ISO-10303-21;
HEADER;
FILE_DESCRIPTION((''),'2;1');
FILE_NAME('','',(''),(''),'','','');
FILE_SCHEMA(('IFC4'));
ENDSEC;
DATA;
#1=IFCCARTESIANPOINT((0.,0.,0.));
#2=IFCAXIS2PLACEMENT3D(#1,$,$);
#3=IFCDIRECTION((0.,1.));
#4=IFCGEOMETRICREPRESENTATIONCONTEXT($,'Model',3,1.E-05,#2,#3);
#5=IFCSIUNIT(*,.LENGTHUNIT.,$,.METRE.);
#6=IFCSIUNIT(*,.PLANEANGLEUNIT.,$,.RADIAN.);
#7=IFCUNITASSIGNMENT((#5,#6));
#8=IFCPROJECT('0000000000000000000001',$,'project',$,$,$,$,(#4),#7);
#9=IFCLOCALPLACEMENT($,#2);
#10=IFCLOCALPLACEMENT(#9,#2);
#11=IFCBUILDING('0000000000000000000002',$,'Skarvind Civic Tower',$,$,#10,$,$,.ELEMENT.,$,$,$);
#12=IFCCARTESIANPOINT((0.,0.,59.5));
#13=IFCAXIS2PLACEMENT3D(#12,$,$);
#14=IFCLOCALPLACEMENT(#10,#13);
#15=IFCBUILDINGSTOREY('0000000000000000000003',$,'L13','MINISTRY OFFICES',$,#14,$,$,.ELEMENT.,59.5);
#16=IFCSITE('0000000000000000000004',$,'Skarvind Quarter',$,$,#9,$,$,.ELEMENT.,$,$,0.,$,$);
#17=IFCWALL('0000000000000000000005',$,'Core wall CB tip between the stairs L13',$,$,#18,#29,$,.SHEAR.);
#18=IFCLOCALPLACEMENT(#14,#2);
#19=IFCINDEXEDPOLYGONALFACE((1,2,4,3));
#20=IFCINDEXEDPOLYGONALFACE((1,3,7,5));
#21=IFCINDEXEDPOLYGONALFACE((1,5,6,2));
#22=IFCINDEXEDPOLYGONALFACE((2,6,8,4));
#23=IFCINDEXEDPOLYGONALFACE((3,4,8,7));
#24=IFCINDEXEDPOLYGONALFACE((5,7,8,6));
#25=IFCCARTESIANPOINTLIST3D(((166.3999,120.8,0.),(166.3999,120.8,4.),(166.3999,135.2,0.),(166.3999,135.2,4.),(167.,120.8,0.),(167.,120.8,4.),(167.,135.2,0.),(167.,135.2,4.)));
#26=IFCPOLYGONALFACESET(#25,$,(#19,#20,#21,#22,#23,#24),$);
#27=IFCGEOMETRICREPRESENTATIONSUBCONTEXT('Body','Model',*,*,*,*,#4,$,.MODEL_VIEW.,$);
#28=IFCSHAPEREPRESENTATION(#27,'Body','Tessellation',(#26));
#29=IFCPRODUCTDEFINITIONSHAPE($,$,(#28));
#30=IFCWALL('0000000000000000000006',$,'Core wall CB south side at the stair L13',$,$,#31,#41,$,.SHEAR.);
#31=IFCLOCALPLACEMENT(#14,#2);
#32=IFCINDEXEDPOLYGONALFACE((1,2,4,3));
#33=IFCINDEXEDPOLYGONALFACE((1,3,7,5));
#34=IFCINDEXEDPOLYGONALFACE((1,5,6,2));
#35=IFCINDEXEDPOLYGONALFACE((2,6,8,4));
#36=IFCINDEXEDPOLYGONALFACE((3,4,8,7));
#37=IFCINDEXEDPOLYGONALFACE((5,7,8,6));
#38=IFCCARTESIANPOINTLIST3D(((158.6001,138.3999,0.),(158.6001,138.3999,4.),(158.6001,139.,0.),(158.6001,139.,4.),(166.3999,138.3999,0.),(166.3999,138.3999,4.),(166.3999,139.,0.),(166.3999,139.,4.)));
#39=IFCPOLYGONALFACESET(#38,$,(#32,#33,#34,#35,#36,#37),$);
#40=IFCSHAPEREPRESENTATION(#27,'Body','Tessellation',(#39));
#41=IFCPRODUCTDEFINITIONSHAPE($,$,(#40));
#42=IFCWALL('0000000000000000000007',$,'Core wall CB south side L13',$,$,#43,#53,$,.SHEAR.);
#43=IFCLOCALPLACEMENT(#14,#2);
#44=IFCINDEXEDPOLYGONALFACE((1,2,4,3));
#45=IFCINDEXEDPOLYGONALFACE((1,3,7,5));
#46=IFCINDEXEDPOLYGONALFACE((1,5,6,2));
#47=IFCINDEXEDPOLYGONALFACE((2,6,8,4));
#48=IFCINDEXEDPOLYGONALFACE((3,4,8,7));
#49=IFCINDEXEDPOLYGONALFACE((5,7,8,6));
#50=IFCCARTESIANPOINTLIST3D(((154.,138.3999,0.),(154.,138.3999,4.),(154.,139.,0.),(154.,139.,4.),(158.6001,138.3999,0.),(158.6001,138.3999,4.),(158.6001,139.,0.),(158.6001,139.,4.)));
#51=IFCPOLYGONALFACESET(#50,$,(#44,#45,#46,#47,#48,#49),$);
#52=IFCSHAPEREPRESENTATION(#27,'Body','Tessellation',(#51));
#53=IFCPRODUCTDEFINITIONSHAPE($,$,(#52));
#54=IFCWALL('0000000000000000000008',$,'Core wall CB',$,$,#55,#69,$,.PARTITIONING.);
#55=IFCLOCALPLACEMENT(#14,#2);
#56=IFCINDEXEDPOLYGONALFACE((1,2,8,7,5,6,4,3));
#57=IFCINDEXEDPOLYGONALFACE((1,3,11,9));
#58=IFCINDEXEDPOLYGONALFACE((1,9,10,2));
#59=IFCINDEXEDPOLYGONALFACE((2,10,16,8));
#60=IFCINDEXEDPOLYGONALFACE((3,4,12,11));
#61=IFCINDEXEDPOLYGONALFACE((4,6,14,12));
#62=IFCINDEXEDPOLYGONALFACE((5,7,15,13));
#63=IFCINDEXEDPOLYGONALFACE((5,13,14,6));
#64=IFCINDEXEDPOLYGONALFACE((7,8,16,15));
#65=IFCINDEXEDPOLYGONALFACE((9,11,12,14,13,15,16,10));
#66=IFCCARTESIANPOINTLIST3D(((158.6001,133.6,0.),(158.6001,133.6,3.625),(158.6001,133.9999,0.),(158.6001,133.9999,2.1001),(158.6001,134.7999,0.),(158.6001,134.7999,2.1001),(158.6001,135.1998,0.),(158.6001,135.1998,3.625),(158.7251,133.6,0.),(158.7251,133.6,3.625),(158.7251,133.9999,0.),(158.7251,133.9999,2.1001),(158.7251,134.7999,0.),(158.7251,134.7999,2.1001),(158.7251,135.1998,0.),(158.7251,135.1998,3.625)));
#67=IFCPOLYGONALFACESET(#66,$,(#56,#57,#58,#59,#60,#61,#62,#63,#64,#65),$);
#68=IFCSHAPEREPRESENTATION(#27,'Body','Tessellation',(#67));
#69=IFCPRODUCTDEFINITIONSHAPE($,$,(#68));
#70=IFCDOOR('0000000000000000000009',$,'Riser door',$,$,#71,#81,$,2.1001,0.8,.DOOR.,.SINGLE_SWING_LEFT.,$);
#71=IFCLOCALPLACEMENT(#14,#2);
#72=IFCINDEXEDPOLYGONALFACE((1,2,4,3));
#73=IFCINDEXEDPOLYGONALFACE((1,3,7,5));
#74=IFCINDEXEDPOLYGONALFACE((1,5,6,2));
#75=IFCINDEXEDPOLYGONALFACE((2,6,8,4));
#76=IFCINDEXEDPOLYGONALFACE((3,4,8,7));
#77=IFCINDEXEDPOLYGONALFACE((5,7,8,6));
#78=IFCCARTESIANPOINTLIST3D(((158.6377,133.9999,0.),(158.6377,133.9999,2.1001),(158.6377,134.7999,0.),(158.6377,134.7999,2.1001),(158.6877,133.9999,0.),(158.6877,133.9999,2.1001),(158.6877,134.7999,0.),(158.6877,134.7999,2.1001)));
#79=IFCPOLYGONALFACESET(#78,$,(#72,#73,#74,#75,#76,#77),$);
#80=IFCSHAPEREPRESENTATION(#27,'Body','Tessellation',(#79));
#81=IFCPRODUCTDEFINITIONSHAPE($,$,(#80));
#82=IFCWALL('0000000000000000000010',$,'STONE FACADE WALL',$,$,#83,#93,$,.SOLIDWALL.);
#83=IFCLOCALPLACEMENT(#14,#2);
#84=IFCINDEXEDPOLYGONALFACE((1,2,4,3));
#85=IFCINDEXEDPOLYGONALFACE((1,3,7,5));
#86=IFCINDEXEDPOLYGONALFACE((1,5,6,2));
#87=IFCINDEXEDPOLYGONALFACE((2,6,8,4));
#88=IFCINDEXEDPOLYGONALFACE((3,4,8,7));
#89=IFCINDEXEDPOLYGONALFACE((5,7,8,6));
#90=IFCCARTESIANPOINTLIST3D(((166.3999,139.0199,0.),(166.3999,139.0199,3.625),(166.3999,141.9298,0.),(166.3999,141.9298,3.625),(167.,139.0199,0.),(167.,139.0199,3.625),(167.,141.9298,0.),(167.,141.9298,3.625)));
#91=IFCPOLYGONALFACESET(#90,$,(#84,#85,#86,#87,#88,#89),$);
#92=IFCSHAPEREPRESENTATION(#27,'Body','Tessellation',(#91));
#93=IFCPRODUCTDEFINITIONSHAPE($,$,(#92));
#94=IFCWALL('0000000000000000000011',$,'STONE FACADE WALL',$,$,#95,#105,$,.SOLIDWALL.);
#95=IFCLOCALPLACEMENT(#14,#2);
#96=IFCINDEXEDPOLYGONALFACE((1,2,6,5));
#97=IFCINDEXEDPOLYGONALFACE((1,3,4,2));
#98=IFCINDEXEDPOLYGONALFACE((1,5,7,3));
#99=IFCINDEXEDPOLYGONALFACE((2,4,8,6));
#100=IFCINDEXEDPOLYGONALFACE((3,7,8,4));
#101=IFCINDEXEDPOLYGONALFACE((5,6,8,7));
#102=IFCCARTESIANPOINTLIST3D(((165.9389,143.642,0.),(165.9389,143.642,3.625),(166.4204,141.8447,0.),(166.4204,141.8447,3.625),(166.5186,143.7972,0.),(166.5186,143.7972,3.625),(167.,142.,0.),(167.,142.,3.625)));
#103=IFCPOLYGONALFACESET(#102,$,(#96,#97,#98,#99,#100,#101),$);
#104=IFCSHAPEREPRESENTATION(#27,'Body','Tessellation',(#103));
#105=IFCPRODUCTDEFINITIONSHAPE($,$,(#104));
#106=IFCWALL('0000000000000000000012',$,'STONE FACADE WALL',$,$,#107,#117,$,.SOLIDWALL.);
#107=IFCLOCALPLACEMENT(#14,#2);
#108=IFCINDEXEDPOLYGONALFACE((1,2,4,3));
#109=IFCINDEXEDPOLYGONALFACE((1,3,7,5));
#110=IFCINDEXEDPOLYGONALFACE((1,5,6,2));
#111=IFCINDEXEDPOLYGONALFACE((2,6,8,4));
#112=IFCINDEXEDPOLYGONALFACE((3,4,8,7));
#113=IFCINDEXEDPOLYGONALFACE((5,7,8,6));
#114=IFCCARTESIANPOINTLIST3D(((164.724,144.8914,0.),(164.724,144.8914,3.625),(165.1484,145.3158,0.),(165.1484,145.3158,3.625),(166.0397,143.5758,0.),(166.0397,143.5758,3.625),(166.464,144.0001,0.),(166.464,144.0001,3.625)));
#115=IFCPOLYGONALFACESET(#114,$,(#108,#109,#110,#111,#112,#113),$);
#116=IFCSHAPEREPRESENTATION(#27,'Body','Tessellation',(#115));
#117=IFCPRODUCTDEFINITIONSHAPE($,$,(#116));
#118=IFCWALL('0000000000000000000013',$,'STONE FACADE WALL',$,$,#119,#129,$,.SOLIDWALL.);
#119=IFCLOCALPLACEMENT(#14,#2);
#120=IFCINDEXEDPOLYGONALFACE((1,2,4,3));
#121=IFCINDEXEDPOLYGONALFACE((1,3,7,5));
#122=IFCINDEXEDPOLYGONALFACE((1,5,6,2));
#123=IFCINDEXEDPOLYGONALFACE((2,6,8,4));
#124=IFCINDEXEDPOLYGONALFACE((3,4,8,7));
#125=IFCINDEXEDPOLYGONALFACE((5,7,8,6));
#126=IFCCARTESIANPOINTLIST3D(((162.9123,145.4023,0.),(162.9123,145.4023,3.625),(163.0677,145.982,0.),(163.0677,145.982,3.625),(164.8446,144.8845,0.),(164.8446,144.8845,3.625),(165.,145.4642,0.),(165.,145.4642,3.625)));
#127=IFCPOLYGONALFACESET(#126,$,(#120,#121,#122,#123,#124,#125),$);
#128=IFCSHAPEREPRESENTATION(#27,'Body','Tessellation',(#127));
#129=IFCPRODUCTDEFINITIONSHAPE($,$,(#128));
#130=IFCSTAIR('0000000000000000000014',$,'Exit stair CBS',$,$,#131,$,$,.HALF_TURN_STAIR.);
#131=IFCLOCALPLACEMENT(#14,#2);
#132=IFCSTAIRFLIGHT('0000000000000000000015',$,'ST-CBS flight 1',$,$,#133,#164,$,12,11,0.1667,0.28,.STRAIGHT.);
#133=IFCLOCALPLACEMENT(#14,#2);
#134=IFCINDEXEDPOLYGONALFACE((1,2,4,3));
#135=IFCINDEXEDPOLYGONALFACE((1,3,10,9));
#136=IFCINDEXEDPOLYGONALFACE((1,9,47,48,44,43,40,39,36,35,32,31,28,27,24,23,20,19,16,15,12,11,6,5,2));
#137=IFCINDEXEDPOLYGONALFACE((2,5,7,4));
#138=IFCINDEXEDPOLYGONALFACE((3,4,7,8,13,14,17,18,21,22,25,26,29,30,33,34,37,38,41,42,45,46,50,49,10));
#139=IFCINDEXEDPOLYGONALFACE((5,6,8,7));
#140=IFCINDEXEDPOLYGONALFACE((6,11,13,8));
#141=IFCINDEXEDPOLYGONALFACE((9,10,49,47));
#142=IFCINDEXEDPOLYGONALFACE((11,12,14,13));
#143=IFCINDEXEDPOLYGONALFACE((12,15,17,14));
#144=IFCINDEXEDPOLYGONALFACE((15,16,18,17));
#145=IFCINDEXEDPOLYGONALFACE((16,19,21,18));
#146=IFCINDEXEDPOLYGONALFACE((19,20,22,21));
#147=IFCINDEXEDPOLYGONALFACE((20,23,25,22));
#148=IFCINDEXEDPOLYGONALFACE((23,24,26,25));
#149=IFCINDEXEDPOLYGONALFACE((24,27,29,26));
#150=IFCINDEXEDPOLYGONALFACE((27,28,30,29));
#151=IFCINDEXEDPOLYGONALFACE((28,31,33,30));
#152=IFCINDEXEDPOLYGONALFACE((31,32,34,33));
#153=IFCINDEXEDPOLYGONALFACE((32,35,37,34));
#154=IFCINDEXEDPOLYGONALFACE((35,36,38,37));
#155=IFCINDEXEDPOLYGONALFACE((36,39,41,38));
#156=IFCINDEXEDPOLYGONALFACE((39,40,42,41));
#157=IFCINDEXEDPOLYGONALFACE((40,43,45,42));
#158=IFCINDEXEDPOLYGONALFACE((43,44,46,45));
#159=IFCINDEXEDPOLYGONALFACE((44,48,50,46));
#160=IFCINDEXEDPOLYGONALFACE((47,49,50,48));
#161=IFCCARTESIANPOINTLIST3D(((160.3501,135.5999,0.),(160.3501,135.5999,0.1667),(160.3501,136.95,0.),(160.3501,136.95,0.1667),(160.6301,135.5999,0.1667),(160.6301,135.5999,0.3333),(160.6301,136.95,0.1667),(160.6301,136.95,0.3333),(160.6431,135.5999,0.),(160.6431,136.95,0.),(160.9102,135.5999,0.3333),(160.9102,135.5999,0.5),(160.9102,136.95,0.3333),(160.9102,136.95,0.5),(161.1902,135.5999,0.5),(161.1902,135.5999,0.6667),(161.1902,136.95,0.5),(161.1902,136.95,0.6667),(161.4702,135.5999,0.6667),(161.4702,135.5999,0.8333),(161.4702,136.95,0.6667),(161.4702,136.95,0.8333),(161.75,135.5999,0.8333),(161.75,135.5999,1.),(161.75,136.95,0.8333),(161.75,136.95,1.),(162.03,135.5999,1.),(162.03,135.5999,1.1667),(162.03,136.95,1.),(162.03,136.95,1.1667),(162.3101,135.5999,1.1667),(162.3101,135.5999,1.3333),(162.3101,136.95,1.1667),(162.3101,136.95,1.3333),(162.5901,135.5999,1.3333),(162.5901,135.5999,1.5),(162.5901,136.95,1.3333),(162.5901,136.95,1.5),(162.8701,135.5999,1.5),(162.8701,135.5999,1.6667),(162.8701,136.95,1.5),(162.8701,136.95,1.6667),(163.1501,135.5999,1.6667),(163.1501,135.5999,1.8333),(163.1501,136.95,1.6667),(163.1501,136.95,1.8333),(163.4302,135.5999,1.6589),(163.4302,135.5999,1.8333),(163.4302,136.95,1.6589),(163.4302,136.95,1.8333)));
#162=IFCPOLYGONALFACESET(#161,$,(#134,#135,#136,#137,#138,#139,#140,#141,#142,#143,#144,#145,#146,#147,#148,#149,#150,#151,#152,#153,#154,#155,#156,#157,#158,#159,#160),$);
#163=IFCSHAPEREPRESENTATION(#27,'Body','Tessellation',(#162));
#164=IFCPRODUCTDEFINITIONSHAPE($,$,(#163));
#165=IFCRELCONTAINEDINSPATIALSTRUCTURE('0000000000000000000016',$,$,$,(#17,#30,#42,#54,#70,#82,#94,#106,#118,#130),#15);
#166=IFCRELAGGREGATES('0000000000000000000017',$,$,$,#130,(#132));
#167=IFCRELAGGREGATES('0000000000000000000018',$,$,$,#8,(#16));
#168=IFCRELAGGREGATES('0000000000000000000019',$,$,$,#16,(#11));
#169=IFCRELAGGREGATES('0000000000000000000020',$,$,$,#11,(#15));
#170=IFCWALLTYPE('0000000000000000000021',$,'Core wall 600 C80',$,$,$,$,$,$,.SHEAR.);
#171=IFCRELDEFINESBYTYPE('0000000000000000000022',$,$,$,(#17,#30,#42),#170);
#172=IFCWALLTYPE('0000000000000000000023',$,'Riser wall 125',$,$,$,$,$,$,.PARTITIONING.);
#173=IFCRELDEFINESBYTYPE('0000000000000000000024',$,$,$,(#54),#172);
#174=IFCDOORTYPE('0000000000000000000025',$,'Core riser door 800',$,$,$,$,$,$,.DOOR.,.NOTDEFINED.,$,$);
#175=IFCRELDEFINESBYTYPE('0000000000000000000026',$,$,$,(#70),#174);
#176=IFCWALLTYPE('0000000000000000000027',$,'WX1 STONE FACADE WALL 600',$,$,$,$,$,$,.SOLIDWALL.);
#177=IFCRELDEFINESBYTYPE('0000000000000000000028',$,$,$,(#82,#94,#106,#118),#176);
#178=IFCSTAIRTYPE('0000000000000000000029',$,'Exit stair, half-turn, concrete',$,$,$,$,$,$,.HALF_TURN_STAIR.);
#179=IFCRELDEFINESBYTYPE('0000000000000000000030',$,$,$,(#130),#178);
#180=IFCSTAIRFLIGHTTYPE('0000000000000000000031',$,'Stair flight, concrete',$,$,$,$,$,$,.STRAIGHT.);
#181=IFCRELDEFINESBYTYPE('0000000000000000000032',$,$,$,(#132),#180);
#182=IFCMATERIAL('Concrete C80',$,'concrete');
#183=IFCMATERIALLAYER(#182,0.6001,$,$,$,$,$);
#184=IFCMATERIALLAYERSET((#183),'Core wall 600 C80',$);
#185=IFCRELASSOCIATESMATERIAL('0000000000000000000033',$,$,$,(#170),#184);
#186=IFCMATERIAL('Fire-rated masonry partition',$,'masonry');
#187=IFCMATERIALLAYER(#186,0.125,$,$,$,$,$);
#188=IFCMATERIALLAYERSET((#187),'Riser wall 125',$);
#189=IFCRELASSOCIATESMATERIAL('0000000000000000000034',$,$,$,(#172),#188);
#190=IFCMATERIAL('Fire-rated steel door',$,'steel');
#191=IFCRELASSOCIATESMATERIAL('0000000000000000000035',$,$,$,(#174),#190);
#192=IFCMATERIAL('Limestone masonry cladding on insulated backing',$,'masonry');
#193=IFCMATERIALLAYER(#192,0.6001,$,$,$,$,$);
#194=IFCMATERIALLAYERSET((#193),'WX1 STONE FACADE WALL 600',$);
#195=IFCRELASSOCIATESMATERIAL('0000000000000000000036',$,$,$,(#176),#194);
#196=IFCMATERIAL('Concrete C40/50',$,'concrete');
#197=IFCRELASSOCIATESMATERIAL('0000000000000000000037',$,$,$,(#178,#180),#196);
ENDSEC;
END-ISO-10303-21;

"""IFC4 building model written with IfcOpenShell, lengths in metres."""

from ifc_helpers import new_model, si_unit, direction, frame, frame_2d, origin, place, context, subcontext, project, spatial, polyline, rectangle, outline, extrude, material, layer, layer_set, type_object, element, fill, aggregate, save


model = new_model("IFC4")

# Units and contexts
model_context = context("Model", 3, precision=1e-05, world=origin(), true_north=direction((0.0, 1.0)))
body_context = subcontext(model_context, "Body", "Model", "MODEL_VIEW")
ifc_project = project(units=[si_unit("LENGTHUNIT", "METRE"), si_unit("PLANEANGLEUNIT", "RADIAN")], contexts=[model_context])

# Site, building, storey
site_placement = place(None, origin())
site = spatial("IfcSite", under=ifc_project, at=site_placement, Name="Skarvind Quarter", CompositionType="ELEMENT", RefElevation=0.0)
building_placement = place(site_placement, origin())
building = spatial("IfcBuilding", under=site, at=building_placement, Name="Skarvind Civic Tower", CompositionType="ELEMENT")
storey_placement = place(building_placement, frame((0.0, 0.0, 59.5)))
storey = spatial("IfcBuildingStorey", under=building, at=storey_placement, Name="L13", Description="MINISTRY OFFICES", CompositionType="ELEMENT", Elevation=59.5)

# Shared definitions
ifc_material_1 = material(Name="Concrete C80", Category="concrete")

# Shared definitions
ifc_material_2 = material(Name="Fire-rated steel door", Category="steel")

# Walls
ifc_layer_1 = layer(ifc_material_1, 0.6001)
ifc_layer_set_1 = layer_set([ifc_layer_1], Name="Core wall 600 C80")
wall_type_1 = type_object("IfcWallType", Name="Core wall 600 C80", PredefinedType="SHEAR", material=ifc_layer_set_1)
wall_1_placement = place(storey_placement, frame((166.7, 135.2, 0.0), z_axis=(0.0, 0.0, 1.0), x_axis=(0.0, -1.0, 0.0)))
element("IfcWall", 1, at=wall_1_placement, inside=storey, type_object=wall_type_1, Name="Core wall CB tip between the stairs L13", PredefinedType="SHEAR", context=body_context, shape_type="SweptSolid", body=[
    extrude(rectangle(XDim=14.3999, YDim=0.6001, at=frame_2d((7.2, 0.0))), origin(), (0.0, 0.0, 1.0), 4.0),
])
wall_2_placement = place(storey_placement, frame((166.3999, 138.7, 0.0), z_axis=(0.0, 0.0, 1.0), x_axis=(-1.0, 0.0, 0.0)))
element("IfcWall", 2, at=wall_2_placement, inside=storey, type_object=wall_type_1, Name="Core wall CB south side at the stair L13", PredefinedType="SHEAR", context=body_context, shape_type="SweptSolid", body=[
    extrude(rectangle(XDim=7.7998, YDim=0.6001, at=frame_2d((3.8999, 0.0))), origin(), (0.0, 0.0, 1.0), 4.0),
])
wall_3_placement = place(storey_placement, frame((158.6001, 138.7, 0.0), z_axis=(0.0, 0.0, 1.0), x_axis=(-1.0, 0.0, 0.0)))
element("IfcWall", 3, at=wall_3_placement, inside=storey, type_object=wall_type_1, Name="Core wall CB south side L13", PredefinedType="SHEAR", context=body_context, shape_type="SweptSolid", body=[
    extrude(rectangle(XDim=4.6001, YDim=0.6001, at=frame_2d((2.3, 0.0))), origin(), (0.0, 0.0, 1.0), 4.0),
])

# Wall, opening, door
ifc_material_3 = material(Name="Fire-rated masonry partition", Category="masonry")
ifc_layer_2 = layer(ifc_material_3, 0.125)
ifc_layer_set_2 = layer_set([ifc_layer_2], Name="Riser wall 125")
wall_type_2 = type_object("IfcWallType", Name="Riser wall 125", PredefinedType="PARTITIONING", material=ifc_layer_set_2)
wall_4_placement = place(storey_placement, frame((158.6626, 133.6001, 0.0), z_axis=(0.0, 0.0, 1.0), x_axis=(0.0, 1.0, 0.0)))
wall_4 = element("IfcWall", 4, at=wall_4_placement, inside=storey, type_object=wall_type_2, Name="Core wall CB", PredefinedType="PARTITIONING", context=body_context, shape_type="SweptSolid", body=[
    extrude(rectangle(XDim=1.5999, YDim=0.125, at=frame_2d((0.7998, 0.0))), origin(), (0.0, 0.0, 1.0), 3.625),
])
opening_1_placement = place(wall_4_placement, frame((0.3999, 0.0, 0.0)))
opening_1 = element("IfcOpeningElement", 5, at=opening_1_placement, cuts=wall_4, PredefinedType="OPENING", context=body_context, shape_type="SweptSolid", body=[
    extrude(rectangle(XDim=0.8, YDim=2.1001, at=frame_2d((0.3999, 1.05))), frame((0.0, 0.0725, 0.0), z_axis=(0.0, -1.0, 0.0), x_axis=(1.0, 0.0, 0.0)), (0.0, 0.0, 1.0), 0.145),
])
door_type_1 = type_object("IfcDoorType", Name="Core riser door 800", OperationType="NOTDEFINED", PredefinedType="DOOR", material=ifc_material_2)
door_1_placement = place(opening_1_placement, origin())
door_1 = element("IfcDoor", 6, at=door_1_placement, inside=storey, type_object=door_type_1, Name="Riser door", OperationType="SINGLE_SWING_LEFT", OverallHeight=2.1001, OverallWidth=0.8, PredefinedType="DOOR", context=body_context, shape_type="SweptSolid", body=[
    extrude(rectangle(XDim=0.8, YDim=2.1001, at=frame_2d((0.3999, 1.05))), frame((0.0, 0.0249, 0.0), z_axis=(0.0, -1.0, 0.0), x_axis=(1.0, 0.0, 0.0)), (0.0, 0.0, 1.0), 0.05),
])
fill(opening_1, door_1)

# Walls
ifc_material_4 = material(Name="Limestone masonry cladding on insulated backing", Category="masonry")
ifc_layer_3 = layer(ifc_material_4, 0.6001)
ifc_layer_set_3 = layer_set([ifc_layer_3], Name="WX1 STONE FACADE WALL 600")
wall_type_3 = type_object("IfcWallType", Name="WX1 STONE FACADE WALL 600", PredefinedType="SOLIDWALL", material=ifc_layer_set_3)
wall_5_placement = place(storey_placement, frame((166.7, 141.9299, 0.0), z_axis=(0.0, 0.0, 1.0), x_axis=(0.0, -1.0, 0.0)))
element("IfcWall", 7, at=wall_5_placement, inside=storey, type_object=wall_type_3, Name="STONE FACADE WALL", PredefinedType="SOLIDWALL", context=body_context, shape_type="SweptSolid", body=[
    extrude(rectangle(XDim=2.9099, YDim=0.6001, at=frame_2d((1.4551, 0.0))), origin(), (0.0, 0.0, 1.0), 3.625),
])
for number, where, z_axis, x_axis, name in (
    (8, (166.2288, 143.7195, 0.0), (0.0, 0.0, 1.0), (0.258773, -0.965938, 0.0), "STONE FACADE WALL"),
    (9, (164.9363, 145.1035, 0.0), (0.0, 0.0, 1.0), (0.707107, -0.707107, 0.0), "STONE FACADE WALL"),
):
    element("IfcWall", number, at=place(storey_placement, frame(where, z_axis=z_axis, x_axis=x_axis)), inside=storey, type_object=wall_type_3, Name=name, PredefinedType="SOLIDWALL", context=body_context, shape_type="SweptSolid", body=[
        extrude(rectangle(XDim=1.8606, YDim=0.6001, at=frame_2d((0.9302, 0.0))), origin(), (0.0, 0.0, 1.0), 3.625),
    ])
wall_6_placement = place(storey_placement, frame((162.99, 145.6921, 0.0), z_axis=(0.0, 0.0, 1.0), x_axis=(0.96592, -0.25884, 0.0)))
element("IfcWall", 10, at=wall_6_placement, inside=storey, type_object=wall_type_3, Name="STONE FACADE WALL", PredefinedType="SOLIDWALL", context=body_context, shape_type="SweptSolid", body=[
    extrude(rectangle(XDim=2.0005, YDim=0.6001, at=frame_2d((1.0002, 0.0))), origin(), (0.0, 0.0, 1.0), 3.625),
])

# Stair, stair flight
ifc_material_5 = material(Name="Concrete C40/50", Category="concrete")
stair_type = type_object("IfcStairType", Name="Exit stair, half-turn, concrete", PredefinedType="HALF_TURN_STAIR", material=ifc_material_5)
stair_placement = place(storey_placement, origin())
stair = element("IfcStair", 11, at=stair_placement, inside=storey, type_object=stair_type, Name="Exit stair CBS", PredefinedType="HALF_TURN_STAIR")
stair_flight_type = type_object("IfcStairFlightType", Name="Stair flight, concrete", PredefinedType="STRAIGHT", material=ifc_material_5)
stair_flight_1_placement = place(storey_placement, frame((160.3501, 136.2749, 0.0), z_axis=(0.0, 0.0, 1.0), x_axis=(1.0, 0.0, 0.0)))
stair_flight_1 = element("IfcStairFlight", 12, at=stair_flight_1_placement, type_object=stair_flight_type, Name="ST-CBS flight 1", NumberOfRisers=12, NumberOfTreads=11, PredefinedType="STRAIGHT", RiserHeight=0.1667, TreadLength=0.28, context=body_context, shape_type="SweptSolid", body=[
    extrude(outline(polyline([(0.0, 0.0), (0.0, 0.1667), (0.28, 0.1667), (0.28, 0.3333), (0.5601, 0.3333), (0.5601, 0.5), (0.8401, 0.5), (0.8401, 0.6667), (1.1201, 0.6667), (1.1201, 0.8333), (1.3999, 0.8333), (1.3999, 1.0), (1.6799, 1.0), (1.6799, 1.1667), (1.96, 1.1667), (1.96, 1.3333), (2.24, 1.3333), (2.24, 1.5), (2.52, 1.5), (2.52, 1.6667), (2.8, 1.6667), (2.8, 1.8333), (3.0801, 1.8333), (3.0801, 2.0), (3.0801, 1.6589), (0.293, 0.0), (0.0, 0.0)])), frame((0.0, 0.675, 0.0), z_axis=(0.0, -1.0, 0.0), x_axis=(1.0, 0.0, 0.0)), (0.0, 0.0, 1.0), 1.3501),
])
aggregate(stair, [stair_flight_1])

save(model, "model.ifc")
